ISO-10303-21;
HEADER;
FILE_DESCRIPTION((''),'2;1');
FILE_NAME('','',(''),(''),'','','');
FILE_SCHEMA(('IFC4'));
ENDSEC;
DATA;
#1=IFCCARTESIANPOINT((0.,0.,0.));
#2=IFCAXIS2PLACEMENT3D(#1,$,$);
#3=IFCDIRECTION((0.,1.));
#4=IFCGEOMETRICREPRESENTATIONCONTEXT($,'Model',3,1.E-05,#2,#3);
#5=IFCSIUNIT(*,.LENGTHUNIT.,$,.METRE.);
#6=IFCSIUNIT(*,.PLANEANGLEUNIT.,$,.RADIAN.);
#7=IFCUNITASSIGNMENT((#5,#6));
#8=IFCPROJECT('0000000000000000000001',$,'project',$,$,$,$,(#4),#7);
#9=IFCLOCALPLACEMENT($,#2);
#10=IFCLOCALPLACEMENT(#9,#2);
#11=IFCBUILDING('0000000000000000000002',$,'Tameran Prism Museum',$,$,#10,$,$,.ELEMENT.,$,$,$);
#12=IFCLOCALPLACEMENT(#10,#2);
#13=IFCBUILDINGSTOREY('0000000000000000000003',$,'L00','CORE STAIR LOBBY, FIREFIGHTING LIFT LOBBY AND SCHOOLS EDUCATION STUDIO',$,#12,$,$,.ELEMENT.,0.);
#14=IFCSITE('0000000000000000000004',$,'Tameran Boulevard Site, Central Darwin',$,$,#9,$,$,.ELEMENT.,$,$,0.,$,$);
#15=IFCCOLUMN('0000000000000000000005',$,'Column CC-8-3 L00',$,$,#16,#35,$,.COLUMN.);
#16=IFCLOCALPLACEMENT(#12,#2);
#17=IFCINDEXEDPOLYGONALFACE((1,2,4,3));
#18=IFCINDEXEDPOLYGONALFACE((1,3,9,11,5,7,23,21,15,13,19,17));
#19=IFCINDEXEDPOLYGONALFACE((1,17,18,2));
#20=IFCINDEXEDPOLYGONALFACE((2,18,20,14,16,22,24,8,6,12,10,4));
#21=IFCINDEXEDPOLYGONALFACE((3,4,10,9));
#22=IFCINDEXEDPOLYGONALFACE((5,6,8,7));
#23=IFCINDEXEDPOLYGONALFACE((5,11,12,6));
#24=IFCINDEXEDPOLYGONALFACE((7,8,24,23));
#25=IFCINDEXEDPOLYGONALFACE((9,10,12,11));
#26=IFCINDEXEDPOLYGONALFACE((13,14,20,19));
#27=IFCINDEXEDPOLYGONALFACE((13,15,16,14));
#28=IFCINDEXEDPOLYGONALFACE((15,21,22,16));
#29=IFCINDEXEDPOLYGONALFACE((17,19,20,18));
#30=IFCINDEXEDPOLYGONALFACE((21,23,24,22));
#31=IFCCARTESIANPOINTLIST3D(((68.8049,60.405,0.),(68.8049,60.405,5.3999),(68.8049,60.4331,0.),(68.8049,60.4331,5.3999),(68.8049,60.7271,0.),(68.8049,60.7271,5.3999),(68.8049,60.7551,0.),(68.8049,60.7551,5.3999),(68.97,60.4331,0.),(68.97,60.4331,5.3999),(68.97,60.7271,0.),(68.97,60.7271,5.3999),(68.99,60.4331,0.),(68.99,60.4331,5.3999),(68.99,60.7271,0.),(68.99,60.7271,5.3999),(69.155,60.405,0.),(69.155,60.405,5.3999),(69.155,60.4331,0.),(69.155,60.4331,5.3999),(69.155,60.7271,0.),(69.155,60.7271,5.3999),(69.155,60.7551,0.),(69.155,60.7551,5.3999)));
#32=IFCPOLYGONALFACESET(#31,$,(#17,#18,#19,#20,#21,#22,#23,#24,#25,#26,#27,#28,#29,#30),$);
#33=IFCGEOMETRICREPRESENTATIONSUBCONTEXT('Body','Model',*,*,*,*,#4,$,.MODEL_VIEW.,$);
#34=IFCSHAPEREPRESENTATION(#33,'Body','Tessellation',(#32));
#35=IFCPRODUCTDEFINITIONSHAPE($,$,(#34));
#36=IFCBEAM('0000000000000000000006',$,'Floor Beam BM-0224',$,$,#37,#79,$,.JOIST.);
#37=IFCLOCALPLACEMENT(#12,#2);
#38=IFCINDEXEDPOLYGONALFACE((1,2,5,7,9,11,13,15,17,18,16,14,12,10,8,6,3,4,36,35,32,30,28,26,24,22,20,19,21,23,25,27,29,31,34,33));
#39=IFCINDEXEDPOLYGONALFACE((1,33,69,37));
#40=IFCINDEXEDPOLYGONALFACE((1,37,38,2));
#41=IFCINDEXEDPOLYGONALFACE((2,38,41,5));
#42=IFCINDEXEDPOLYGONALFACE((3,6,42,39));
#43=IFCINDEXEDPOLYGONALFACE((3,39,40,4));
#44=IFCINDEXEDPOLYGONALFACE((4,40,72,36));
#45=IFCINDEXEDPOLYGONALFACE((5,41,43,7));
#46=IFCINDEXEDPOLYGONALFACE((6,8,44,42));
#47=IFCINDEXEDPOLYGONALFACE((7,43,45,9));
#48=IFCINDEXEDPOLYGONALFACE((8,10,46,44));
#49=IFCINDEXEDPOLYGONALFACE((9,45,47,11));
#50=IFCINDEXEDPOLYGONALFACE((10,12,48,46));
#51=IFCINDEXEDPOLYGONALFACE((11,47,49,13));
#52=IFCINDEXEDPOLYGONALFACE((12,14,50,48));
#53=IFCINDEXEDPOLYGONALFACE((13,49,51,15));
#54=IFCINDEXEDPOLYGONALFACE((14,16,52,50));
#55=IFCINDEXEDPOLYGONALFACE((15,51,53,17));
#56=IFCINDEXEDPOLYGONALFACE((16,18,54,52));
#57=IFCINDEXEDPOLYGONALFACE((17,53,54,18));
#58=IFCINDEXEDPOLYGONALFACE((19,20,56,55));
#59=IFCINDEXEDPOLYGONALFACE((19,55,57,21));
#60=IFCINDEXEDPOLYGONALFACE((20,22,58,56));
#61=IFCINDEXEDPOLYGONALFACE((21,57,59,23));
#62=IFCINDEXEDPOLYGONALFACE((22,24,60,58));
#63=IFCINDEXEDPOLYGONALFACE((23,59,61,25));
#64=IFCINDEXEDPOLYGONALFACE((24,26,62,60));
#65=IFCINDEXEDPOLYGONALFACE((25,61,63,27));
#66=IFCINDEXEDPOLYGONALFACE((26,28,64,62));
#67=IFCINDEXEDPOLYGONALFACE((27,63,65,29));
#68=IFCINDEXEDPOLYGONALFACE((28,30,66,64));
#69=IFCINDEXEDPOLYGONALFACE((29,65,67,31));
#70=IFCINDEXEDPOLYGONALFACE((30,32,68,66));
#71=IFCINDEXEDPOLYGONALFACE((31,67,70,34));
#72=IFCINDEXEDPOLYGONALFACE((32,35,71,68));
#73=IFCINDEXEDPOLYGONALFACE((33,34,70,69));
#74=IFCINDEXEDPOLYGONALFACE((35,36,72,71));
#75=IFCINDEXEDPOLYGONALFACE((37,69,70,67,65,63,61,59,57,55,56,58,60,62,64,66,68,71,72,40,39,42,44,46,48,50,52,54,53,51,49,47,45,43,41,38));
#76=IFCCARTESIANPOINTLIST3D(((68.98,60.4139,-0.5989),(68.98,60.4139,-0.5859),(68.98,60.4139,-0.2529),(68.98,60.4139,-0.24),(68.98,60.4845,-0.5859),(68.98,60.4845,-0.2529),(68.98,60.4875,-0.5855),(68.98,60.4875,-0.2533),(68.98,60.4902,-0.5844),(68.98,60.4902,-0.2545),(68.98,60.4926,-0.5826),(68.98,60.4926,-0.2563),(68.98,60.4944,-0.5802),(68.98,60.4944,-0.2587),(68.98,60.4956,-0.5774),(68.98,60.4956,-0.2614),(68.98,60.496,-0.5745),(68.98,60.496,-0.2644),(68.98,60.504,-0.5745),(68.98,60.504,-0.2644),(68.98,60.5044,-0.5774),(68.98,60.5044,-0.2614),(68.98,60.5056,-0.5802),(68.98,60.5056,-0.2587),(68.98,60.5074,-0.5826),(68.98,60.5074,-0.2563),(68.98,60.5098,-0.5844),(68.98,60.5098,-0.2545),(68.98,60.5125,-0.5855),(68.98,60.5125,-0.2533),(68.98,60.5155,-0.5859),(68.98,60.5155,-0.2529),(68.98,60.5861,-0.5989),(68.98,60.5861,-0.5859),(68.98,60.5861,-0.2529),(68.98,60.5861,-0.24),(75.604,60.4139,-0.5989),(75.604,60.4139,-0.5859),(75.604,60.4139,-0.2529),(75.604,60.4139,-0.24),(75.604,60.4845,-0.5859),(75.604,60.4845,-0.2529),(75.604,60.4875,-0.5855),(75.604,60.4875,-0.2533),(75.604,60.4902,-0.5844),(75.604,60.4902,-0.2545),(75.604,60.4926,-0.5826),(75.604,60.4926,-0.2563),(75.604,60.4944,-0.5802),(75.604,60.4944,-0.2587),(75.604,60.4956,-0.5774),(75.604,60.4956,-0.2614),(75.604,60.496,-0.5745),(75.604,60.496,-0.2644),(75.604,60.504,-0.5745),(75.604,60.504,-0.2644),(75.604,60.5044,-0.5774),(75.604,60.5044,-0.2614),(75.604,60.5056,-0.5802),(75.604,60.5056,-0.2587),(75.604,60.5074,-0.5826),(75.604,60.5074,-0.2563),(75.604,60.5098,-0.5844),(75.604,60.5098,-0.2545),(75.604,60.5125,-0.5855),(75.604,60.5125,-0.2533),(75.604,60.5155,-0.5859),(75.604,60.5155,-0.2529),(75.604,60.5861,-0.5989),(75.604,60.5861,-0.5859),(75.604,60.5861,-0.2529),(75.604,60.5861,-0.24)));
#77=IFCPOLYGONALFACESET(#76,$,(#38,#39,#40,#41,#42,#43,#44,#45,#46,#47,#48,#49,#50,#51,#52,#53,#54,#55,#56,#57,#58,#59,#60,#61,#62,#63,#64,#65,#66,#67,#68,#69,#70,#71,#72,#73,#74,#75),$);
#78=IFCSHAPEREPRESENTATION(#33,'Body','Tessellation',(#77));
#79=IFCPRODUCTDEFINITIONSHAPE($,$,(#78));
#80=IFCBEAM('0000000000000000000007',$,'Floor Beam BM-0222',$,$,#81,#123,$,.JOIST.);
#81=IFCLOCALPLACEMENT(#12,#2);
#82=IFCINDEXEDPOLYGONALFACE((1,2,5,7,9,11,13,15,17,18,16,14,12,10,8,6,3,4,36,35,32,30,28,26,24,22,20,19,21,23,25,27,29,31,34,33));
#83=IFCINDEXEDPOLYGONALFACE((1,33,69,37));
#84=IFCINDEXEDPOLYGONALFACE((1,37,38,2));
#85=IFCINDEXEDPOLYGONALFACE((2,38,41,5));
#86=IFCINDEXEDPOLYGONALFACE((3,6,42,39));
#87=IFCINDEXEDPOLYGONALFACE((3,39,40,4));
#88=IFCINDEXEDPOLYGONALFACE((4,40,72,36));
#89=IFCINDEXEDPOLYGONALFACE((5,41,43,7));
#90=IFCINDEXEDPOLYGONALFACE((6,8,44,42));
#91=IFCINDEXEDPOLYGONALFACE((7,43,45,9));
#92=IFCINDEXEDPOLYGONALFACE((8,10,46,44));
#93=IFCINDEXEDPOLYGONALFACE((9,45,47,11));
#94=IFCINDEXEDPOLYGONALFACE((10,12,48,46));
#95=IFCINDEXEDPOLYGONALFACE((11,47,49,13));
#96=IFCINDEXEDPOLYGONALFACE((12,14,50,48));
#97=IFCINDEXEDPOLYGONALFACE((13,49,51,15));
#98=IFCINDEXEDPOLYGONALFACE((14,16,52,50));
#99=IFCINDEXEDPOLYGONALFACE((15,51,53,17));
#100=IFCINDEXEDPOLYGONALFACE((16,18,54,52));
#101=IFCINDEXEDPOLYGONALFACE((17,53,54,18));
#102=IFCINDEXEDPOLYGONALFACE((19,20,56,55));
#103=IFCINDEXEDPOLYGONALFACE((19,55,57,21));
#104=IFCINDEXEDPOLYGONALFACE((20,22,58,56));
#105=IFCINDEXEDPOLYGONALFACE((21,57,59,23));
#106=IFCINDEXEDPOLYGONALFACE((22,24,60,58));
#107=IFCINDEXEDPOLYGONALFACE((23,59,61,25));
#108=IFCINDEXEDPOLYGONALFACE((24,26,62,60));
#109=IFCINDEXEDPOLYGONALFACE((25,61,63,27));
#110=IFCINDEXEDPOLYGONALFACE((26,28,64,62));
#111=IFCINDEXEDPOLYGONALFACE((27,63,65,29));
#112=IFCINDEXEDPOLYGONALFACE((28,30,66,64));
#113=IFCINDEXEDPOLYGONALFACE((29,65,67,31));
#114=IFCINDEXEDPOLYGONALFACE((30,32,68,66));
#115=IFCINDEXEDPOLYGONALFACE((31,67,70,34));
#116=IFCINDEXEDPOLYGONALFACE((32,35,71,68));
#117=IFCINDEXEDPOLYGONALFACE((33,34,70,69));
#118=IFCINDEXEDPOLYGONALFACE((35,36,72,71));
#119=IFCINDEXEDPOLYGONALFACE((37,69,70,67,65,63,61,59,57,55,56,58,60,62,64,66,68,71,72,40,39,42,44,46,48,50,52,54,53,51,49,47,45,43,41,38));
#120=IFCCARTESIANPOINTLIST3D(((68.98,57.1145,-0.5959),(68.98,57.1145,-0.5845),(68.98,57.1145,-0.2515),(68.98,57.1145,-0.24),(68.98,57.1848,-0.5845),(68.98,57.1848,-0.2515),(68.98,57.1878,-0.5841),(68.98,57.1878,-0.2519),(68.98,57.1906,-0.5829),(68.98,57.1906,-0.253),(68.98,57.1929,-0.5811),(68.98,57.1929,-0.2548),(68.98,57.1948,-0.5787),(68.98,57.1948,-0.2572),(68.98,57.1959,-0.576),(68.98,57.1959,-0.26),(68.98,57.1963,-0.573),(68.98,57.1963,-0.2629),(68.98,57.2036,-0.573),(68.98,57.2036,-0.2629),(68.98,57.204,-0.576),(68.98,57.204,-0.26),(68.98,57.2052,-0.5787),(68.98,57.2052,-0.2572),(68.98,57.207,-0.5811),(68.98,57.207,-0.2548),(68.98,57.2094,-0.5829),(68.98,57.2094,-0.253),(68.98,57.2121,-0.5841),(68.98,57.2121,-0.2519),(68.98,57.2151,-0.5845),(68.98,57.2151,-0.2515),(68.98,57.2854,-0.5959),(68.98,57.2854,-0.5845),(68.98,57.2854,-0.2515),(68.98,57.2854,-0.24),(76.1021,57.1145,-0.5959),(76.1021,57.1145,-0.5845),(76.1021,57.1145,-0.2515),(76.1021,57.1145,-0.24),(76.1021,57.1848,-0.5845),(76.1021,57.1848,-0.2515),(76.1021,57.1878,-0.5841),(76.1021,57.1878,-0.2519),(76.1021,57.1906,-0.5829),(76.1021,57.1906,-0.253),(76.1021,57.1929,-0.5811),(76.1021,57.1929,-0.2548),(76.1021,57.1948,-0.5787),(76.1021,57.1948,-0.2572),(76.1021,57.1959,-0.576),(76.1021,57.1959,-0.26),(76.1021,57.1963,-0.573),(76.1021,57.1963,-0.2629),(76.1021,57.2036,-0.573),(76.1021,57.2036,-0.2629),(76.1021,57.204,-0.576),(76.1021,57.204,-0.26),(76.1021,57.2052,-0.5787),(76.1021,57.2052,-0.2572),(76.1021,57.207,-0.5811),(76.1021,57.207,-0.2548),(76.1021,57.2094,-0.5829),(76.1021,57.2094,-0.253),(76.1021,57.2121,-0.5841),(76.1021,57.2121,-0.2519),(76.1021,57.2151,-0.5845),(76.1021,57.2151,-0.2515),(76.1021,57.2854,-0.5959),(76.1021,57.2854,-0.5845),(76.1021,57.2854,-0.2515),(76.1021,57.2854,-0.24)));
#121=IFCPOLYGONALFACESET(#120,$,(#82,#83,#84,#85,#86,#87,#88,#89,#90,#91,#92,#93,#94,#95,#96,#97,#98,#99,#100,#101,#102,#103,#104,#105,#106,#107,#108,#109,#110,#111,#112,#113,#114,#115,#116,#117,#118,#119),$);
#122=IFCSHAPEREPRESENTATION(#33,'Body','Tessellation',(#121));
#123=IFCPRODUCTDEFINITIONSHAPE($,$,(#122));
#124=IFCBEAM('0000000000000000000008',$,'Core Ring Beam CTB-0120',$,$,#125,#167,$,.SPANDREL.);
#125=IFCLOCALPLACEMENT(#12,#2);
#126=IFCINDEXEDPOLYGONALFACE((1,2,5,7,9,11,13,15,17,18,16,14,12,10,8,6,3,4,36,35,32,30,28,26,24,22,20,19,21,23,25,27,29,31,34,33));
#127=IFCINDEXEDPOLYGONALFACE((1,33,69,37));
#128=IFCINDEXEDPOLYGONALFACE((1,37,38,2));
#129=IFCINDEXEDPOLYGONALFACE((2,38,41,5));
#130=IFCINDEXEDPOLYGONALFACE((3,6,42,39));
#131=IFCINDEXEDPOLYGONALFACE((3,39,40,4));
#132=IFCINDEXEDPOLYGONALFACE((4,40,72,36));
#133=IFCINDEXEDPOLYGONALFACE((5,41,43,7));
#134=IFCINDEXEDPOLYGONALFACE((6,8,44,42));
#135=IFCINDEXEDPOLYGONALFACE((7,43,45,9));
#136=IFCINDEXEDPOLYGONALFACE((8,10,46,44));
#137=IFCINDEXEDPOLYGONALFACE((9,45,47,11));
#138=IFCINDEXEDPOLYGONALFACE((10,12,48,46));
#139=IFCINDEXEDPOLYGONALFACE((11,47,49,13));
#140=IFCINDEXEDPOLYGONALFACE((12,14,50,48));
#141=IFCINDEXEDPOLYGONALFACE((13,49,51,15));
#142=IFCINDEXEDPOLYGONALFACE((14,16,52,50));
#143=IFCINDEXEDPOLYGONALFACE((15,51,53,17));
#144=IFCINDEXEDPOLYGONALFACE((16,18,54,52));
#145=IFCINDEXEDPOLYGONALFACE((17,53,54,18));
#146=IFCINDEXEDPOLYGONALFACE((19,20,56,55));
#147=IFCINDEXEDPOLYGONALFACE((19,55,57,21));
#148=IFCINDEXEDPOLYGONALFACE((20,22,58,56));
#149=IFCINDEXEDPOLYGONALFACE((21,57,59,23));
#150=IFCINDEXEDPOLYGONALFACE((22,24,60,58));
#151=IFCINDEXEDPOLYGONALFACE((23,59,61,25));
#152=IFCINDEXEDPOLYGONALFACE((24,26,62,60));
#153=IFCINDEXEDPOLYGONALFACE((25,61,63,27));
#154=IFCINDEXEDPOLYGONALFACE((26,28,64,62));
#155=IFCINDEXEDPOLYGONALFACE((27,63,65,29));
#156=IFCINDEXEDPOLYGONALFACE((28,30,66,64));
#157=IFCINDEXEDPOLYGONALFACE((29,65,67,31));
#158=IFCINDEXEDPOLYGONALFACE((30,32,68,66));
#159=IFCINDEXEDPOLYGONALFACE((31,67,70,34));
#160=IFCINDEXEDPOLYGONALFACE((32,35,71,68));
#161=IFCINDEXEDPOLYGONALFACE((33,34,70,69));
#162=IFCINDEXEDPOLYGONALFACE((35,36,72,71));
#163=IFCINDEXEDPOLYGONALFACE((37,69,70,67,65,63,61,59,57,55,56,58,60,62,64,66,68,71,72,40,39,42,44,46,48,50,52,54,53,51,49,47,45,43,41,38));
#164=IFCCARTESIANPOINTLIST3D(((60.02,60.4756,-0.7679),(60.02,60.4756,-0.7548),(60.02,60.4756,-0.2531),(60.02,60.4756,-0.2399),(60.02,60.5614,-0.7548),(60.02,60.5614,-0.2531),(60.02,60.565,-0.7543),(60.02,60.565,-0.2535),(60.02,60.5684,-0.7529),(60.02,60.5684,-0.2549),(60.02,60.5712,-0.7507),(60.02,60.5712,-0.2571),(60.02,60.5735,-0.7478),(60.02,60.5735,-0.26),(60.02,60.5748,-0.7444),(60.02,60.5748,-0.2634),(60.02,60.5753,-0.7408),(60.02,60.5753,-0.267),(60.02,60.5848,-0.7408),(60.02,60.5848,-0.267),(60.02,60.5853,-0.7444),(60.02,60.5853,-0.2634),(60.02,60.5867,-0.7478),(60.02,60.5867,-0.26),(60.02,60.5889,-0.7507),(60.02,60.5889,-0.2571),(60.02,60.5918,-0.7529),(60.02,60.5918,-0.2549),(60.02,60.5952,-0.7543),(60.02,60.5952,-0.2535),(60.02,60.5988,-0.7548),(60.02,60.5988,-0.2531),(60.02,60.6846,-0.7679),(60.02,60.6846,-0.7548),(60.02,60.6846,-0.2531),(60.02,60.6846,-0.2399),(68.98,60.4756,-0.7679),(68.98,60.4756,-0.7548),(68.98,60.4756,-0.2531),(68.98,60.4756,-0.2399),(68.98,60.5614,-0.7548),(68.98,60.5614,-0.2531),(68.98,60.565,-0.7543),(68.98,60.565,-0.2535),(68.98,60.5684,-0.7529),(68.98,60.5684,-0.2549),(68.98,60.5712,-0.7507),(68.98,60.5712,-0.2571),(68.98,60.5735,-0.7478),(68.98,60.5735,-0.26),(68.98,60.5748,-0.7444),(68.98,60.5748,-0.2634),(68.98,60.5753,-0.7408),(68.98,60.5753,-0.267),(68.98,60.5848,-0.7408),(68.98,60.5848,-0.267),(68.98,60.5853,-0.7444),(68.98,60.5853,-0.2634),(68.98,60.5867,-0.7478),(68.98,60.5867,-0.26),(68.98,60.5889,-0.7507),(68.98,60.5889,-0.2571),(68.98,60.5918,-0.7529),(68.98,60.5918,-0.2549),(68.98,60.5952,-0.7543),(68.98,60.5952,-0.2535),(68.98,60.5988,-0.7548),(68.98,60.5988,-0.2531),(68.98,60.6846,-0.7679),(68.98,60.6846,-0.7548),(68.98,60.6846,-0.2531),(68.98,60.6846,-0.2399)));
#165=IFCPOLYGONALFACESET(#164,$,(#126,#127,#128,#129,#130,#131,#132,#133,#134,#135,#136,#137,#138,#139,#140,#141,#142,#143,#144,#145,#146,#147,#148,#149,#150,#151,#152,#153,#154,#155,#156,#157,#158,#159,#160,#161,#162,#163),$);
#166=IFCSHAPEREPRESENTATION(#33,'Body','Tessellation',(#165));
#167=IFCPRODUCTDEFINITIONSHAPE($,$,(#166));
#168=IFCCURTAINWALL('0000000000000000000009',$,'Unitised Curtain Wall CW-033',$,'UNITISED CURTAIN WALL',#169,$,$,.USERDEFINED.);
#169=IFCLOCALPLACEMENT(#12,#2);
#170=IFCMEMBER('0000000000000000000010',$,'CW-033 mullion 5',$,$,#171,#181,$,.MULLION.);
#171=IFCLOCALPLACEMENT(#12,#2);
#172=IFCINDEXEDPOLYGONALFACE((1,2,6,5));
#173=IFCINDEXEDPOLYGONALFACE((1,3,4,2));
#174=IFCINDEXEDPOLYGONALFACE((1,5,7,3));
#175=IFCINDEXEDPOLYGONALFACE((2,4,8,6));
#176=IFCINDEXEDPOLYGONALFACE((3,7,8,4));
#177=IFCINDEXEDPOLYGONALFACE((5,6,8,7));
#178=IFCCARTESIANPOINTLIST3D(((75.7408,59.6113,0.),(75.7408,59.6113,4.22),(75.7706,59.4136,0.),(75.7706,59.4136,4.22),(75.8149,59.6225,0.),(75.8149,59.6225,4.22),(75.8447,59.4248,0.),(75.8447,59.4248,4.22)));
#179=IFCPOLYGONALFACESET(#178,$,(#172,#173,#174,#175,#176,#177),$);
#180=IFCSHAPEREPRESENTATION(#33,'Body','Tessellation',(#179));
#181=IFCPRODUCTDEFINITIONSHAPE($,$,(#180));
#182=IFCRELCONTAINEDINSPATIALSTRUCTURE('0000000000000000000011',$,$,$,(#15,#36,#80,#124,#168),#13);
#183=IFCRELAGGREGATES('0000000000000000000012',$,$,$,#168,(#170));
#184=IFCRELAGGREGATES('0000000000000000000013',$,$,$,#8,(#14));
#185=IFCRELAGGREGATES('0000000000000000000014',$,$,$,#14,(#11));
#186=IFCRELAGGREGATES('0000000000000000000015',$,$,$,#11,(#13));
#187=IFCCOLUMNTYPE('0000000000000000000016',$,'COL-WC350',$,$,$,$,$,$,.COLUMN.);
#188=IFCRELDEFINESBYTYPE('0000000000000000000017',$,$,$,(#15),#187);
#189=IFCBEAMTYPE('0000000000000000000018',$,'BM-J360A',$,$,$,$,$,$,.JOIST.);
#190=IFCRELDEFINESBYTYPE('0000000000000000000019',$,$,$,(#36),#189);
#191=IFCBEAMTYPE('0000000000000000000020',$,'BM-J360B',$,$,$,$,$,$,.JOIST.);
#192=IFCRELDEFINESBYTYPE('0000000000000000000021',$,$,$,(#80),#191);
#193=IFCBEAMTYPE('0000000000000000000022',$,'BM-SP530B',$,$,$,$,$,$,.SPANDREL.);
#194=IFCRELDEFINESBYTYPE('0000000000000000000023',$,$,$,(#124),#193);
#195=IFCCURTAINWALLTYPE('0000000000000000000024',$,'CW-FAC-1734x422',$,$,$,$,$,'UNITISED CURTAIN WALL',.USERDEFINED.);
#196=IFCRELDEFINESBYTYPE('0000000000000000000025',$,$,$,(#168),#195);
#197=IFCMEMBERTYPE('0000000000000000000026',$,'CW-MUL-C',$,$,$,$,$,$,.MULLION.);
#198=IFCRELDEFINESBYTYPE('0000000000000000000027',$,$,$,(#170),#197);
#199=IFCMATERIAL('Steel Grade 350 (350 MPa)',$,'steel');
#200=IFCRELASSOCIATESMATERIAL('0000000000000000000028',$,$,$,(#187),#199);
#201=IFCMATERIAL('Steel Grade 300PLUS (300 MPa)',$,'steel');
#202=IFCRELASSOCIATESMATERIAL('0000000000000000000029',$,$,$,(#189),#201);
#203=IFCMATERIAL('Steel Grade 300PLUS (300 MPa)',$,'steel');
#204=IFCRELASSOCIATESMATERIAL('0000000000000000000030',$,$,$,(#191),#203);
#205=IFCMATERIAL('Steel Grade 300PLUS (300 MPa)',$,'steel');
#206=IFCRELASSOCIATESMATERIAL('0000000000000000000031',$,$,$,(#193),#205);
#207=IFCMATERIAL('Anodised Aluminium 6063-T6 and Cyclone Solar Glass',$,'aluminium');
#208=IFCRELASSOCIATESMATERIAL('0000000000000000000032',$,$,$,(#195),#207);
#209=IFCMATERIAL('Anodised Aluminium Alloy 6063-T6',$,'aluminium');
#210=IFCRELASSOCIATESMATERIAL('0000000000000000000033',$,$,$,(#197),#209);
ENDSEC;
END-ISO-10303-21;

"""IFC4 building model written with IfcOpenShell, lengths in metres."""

from ifc_helpers import new_model, si_unit, direction, frame, origin, origin_2d, place, context, subcontext, project, spatial, rectangle, i_section, extrude, material, material_profile, profile_set, type_object, element, aggregate, save


model = new_model("IFC4")

# Units and contexts
model_context = context("Model", 3, precision=1e-05, world=origin(), true_north=direction((0.0, 1.0)))
body_context = subcontext(model_context, "Body", "Model", "MODEL_VIEW")
ifc_project = project(units=[si_unit("LENGTHUNIT", "METRE"), si_unit("PLANEANGLEUNIT", "RADIAN")], contexts=[model_context])

# Site, building, storey
site_placement = place(None, origin())
site = spatial("IfcSite", under=ifc_project, at=site_placement, Name="Tameran Boulevard Site, Central Darwin", CompositionType="ELEMENT", RefElevation=0.0)
building_placement = place(site_placement, origin())
building = spatial("IfcBuilding", under=site, at=building_placement, Name="Tameran Prism Museum", CompositionType="ELEMENT")
storey_placement = place(building_placement, origin())
storey = spatial("IfcBuildingStorey", under=building, at=storey_placement, Name="L00", Description="CORE STAIR LOBBY, FIREFIGHTING LIFT LOBBY AND SCHOOLS EDUCATION STUDIO", CompositionType="ELEMENT", Elevation=0.0)

# Column
ifc_material_1 = material(Name="Steel Grade 350 (350 MPa)", Category="steel")
ifc_material_profile_1 = material_profile(ifc_material_1, i_section(OverallWidth=0.3501, OverallDepth=0.3501, WebThickness=0.02, FlangeThickness=0.0281, at=origin_2d()))
ifc_profile_set_1 = profile_set([ifc_material_profile_1])
column_type = type_object("IfcColumnType", Name="COL-WC350", PredefinedType="COLUMN", material=ifc_profile_set_1)
column_placement = place(storey_placement, frame((68.98, 60.5801, 0.0), z_axis=(0.0, 0.0, 1.0), x_axis=(1.0, 0.0, 0.0)))
element("IfcColumn", 1, at=column_placement, inside=storey, type_object=column_type, Name="Column CC-8-3 L00", PredefinedType="COLUMN", context=body_context, shape_type="SweptSolid", body=[
    extrude(i_section(OverallWidth=0.3501, OverallDepth=0.3501, WebThickness=0.02, FlangeThickness=0.0281, at=origin_2d()), origin(), (0.0, 0.0, 1.0), 5.3999),
])

# Beams
ifc_material_2 = material(Name="Steel Grade 300PLUS (300 MPa)", Category="steel")
ifc_material_profile_2 = material_profile(ifc_material_2, i_section(OverallWidth=0.1721, OverallDepth=0.3589, WebThickness=0.0081, FlangeThickness=0.0129, FilletRadius=0.0115, at=origin_2d()))
ifc_profile_set_2 = profile_set([ifc_material_profile_2])
beam_type_1 = type_object("IfcBeamType", Name="BM-J360A", PredefinedType="JOIST", material=ifc_profile_set_2)
beam_1_placement = place(storey_placement, frame((68.98, 60.5, -0.4194), z_axis=(1.0, 0.0, 0.0), x_axis=(0.0, 1.0, 0.0)))
element("IfcBeam", 2, at=beam_1_placement, inside=storey, type_object=beam_type_1, Name="Floor Beam BM-0224", PredefinedType="JOIST", context=body_context, shape_type="SweptSolid", body=[
    extrude(i_section(OverallWidth=0.1721, OverallDepth=0.3589, WebThickness=0.0081, FlangeThickness=0.0129, FilletRadius=0.0115, at=origin_2d()), origin(), (0.0, 0.0, 1.0), 6.624),
])
ifc_material_3 = material(Name="Steel Grade 300PLUS (300 MPa)", Category="steel")
ifc_material_profile_3 = material_profile(ifc_material_3, i_section(OverallWidth=0.1709, OverallDepth=0.356, WebThickness=0.0073, FlangeThickness=0.0115, FilletRadius=0.0115, at=origin_2d()))
ifc_profile_set_3 = profile_set([ifc_material_profile_3])
beam_type_2 = type_object("IfcBeamType", Name="BM-J360B", PredefinedType="JOIST", material=ifc_profile_set_3)
beam_2_placement = place(storey_placement, frame((68.98, 57.2, -0.418), z_axis=(1.0, 0.0, 0.0), x_axis=(0.0, 1.0, 0.0)))
element("IfcBeam", 3, at=beam_2_placement, inside=storey, type_object=beam_type_2, Name="Floor Beam BM-0222", PredefinedType="JOIST", context=body_context, shape_type="SweptSolid", body=[
    extrude(i_section(OverallWidth=0.1709, OverallDepth=0.356, WebThickness=0.0073, FlangeThickness=0.0115, FilletRadius=0.0115, at=origin_2d()), origin(), (0.0, 0.0, 1.0), 7.1221),
])
ifc_material_4 = material(Name="Steel Grade 300PLUS (300 MPa)", Category="steel")
ifc_material_profile_4 = material_profile(ifc_material_4, i_section(OverallWidth=0.209, OverallDepth=0.5281, WebThickness=0.0095, FlangeThickness=0.0132, FilletRadius=0.0139, at=origin_2d()))
ifc_profile_set_4 = profile_set([ifc_material_profile_4])
beam_type_3 = type_object("IfcBeamType", Name="BM-SP530B", PredefinedType="SPANDREL", material=ifc_profile_set_4)
beam_3_placement = place(storey_placement, frame((68.98, 60.5801, -0.5039), z_axis=(-1.0, 0.0, 0.0), x_axis=(0.0, -1.0, 0.0)))
element("IfcBeam", 4, at=beam_3_placement, inside=storey, type_object=beam_type_3, Name="Core Ring Beam CTB-0120", PredefinedType="SPANDREL", context=body_context, shape_type="SweptSolid", body=[
    extrude(i_section(OverallWidth=0.209, OverallDepth=0.5281, WebThickness=0.0095, FlangeThickness=0.0132, FilletRadius=0.0139, at=origin_2d()), origin(), (0.0, 0.0, 1.0), 8.96),
])

# Curtain wall, member
ifc_material_5 = material(Name="Anodised Aluminium 6063-T6 and Cyclone Solar Glass", Category="aluminium")
curtain_wall_type = type_object("IfcCurtainWallType", Name="CW-FAC-1734x422", ElementType="UNITISED CURTAIN WALL", PredefinedType="USERDEFINED", material=ifc_material_5)
curtain_wall_placement = place(storey_placement, origin())
curtain_wall = element("IfcCurtainWall", 5, at=curtain_wall_placement, inside=storey, type_object=curtain_wall_type, Name="Unitised Curtain Wall CW-033", ObjectType="UNITISED CURTAIN WALL", PredefinedType="USERDEFINED")
ifc_material_6 = material(Name="Anodised Aluminium Alloy 6063-T6", Category="aluminium")
ifc_material_profile_5 = material_profile(ifc_material_6, rectangle(XDim=0.075, YDim=0.2, at=origin_2d()))
ifc_profile_set_5 = profile_set([ifc_material_profile_5])
member_type_1 = type_object("IfcMemberType", Name="CW-MUL-C", PredefinedType="MULLION", material=ifc_profile_set_5)
member_1_placement = place(storey_placement, frame((75.7927, 59.5181, 0.0), z_axis=(0.0, 0.0, 1.0), x_axis=(0.988812, 0.149167, 0.0)))
member_1 = element("IfcMember", 6, at=member_1_placement, type_object=member_type_1, Name="CW-033 mullion 5", PredefinedType="MULLION", context=body_context, shape_type="SweptSolid", body=[
    extrude(rectangle(XDim=0.075, YDim=0.2, at=origin_2d()), origin(), (0.0, 0.0, 1.0), 4.22),
])
aggregate(curtain_wall, [member_1])

save(model, "model.ifc")
